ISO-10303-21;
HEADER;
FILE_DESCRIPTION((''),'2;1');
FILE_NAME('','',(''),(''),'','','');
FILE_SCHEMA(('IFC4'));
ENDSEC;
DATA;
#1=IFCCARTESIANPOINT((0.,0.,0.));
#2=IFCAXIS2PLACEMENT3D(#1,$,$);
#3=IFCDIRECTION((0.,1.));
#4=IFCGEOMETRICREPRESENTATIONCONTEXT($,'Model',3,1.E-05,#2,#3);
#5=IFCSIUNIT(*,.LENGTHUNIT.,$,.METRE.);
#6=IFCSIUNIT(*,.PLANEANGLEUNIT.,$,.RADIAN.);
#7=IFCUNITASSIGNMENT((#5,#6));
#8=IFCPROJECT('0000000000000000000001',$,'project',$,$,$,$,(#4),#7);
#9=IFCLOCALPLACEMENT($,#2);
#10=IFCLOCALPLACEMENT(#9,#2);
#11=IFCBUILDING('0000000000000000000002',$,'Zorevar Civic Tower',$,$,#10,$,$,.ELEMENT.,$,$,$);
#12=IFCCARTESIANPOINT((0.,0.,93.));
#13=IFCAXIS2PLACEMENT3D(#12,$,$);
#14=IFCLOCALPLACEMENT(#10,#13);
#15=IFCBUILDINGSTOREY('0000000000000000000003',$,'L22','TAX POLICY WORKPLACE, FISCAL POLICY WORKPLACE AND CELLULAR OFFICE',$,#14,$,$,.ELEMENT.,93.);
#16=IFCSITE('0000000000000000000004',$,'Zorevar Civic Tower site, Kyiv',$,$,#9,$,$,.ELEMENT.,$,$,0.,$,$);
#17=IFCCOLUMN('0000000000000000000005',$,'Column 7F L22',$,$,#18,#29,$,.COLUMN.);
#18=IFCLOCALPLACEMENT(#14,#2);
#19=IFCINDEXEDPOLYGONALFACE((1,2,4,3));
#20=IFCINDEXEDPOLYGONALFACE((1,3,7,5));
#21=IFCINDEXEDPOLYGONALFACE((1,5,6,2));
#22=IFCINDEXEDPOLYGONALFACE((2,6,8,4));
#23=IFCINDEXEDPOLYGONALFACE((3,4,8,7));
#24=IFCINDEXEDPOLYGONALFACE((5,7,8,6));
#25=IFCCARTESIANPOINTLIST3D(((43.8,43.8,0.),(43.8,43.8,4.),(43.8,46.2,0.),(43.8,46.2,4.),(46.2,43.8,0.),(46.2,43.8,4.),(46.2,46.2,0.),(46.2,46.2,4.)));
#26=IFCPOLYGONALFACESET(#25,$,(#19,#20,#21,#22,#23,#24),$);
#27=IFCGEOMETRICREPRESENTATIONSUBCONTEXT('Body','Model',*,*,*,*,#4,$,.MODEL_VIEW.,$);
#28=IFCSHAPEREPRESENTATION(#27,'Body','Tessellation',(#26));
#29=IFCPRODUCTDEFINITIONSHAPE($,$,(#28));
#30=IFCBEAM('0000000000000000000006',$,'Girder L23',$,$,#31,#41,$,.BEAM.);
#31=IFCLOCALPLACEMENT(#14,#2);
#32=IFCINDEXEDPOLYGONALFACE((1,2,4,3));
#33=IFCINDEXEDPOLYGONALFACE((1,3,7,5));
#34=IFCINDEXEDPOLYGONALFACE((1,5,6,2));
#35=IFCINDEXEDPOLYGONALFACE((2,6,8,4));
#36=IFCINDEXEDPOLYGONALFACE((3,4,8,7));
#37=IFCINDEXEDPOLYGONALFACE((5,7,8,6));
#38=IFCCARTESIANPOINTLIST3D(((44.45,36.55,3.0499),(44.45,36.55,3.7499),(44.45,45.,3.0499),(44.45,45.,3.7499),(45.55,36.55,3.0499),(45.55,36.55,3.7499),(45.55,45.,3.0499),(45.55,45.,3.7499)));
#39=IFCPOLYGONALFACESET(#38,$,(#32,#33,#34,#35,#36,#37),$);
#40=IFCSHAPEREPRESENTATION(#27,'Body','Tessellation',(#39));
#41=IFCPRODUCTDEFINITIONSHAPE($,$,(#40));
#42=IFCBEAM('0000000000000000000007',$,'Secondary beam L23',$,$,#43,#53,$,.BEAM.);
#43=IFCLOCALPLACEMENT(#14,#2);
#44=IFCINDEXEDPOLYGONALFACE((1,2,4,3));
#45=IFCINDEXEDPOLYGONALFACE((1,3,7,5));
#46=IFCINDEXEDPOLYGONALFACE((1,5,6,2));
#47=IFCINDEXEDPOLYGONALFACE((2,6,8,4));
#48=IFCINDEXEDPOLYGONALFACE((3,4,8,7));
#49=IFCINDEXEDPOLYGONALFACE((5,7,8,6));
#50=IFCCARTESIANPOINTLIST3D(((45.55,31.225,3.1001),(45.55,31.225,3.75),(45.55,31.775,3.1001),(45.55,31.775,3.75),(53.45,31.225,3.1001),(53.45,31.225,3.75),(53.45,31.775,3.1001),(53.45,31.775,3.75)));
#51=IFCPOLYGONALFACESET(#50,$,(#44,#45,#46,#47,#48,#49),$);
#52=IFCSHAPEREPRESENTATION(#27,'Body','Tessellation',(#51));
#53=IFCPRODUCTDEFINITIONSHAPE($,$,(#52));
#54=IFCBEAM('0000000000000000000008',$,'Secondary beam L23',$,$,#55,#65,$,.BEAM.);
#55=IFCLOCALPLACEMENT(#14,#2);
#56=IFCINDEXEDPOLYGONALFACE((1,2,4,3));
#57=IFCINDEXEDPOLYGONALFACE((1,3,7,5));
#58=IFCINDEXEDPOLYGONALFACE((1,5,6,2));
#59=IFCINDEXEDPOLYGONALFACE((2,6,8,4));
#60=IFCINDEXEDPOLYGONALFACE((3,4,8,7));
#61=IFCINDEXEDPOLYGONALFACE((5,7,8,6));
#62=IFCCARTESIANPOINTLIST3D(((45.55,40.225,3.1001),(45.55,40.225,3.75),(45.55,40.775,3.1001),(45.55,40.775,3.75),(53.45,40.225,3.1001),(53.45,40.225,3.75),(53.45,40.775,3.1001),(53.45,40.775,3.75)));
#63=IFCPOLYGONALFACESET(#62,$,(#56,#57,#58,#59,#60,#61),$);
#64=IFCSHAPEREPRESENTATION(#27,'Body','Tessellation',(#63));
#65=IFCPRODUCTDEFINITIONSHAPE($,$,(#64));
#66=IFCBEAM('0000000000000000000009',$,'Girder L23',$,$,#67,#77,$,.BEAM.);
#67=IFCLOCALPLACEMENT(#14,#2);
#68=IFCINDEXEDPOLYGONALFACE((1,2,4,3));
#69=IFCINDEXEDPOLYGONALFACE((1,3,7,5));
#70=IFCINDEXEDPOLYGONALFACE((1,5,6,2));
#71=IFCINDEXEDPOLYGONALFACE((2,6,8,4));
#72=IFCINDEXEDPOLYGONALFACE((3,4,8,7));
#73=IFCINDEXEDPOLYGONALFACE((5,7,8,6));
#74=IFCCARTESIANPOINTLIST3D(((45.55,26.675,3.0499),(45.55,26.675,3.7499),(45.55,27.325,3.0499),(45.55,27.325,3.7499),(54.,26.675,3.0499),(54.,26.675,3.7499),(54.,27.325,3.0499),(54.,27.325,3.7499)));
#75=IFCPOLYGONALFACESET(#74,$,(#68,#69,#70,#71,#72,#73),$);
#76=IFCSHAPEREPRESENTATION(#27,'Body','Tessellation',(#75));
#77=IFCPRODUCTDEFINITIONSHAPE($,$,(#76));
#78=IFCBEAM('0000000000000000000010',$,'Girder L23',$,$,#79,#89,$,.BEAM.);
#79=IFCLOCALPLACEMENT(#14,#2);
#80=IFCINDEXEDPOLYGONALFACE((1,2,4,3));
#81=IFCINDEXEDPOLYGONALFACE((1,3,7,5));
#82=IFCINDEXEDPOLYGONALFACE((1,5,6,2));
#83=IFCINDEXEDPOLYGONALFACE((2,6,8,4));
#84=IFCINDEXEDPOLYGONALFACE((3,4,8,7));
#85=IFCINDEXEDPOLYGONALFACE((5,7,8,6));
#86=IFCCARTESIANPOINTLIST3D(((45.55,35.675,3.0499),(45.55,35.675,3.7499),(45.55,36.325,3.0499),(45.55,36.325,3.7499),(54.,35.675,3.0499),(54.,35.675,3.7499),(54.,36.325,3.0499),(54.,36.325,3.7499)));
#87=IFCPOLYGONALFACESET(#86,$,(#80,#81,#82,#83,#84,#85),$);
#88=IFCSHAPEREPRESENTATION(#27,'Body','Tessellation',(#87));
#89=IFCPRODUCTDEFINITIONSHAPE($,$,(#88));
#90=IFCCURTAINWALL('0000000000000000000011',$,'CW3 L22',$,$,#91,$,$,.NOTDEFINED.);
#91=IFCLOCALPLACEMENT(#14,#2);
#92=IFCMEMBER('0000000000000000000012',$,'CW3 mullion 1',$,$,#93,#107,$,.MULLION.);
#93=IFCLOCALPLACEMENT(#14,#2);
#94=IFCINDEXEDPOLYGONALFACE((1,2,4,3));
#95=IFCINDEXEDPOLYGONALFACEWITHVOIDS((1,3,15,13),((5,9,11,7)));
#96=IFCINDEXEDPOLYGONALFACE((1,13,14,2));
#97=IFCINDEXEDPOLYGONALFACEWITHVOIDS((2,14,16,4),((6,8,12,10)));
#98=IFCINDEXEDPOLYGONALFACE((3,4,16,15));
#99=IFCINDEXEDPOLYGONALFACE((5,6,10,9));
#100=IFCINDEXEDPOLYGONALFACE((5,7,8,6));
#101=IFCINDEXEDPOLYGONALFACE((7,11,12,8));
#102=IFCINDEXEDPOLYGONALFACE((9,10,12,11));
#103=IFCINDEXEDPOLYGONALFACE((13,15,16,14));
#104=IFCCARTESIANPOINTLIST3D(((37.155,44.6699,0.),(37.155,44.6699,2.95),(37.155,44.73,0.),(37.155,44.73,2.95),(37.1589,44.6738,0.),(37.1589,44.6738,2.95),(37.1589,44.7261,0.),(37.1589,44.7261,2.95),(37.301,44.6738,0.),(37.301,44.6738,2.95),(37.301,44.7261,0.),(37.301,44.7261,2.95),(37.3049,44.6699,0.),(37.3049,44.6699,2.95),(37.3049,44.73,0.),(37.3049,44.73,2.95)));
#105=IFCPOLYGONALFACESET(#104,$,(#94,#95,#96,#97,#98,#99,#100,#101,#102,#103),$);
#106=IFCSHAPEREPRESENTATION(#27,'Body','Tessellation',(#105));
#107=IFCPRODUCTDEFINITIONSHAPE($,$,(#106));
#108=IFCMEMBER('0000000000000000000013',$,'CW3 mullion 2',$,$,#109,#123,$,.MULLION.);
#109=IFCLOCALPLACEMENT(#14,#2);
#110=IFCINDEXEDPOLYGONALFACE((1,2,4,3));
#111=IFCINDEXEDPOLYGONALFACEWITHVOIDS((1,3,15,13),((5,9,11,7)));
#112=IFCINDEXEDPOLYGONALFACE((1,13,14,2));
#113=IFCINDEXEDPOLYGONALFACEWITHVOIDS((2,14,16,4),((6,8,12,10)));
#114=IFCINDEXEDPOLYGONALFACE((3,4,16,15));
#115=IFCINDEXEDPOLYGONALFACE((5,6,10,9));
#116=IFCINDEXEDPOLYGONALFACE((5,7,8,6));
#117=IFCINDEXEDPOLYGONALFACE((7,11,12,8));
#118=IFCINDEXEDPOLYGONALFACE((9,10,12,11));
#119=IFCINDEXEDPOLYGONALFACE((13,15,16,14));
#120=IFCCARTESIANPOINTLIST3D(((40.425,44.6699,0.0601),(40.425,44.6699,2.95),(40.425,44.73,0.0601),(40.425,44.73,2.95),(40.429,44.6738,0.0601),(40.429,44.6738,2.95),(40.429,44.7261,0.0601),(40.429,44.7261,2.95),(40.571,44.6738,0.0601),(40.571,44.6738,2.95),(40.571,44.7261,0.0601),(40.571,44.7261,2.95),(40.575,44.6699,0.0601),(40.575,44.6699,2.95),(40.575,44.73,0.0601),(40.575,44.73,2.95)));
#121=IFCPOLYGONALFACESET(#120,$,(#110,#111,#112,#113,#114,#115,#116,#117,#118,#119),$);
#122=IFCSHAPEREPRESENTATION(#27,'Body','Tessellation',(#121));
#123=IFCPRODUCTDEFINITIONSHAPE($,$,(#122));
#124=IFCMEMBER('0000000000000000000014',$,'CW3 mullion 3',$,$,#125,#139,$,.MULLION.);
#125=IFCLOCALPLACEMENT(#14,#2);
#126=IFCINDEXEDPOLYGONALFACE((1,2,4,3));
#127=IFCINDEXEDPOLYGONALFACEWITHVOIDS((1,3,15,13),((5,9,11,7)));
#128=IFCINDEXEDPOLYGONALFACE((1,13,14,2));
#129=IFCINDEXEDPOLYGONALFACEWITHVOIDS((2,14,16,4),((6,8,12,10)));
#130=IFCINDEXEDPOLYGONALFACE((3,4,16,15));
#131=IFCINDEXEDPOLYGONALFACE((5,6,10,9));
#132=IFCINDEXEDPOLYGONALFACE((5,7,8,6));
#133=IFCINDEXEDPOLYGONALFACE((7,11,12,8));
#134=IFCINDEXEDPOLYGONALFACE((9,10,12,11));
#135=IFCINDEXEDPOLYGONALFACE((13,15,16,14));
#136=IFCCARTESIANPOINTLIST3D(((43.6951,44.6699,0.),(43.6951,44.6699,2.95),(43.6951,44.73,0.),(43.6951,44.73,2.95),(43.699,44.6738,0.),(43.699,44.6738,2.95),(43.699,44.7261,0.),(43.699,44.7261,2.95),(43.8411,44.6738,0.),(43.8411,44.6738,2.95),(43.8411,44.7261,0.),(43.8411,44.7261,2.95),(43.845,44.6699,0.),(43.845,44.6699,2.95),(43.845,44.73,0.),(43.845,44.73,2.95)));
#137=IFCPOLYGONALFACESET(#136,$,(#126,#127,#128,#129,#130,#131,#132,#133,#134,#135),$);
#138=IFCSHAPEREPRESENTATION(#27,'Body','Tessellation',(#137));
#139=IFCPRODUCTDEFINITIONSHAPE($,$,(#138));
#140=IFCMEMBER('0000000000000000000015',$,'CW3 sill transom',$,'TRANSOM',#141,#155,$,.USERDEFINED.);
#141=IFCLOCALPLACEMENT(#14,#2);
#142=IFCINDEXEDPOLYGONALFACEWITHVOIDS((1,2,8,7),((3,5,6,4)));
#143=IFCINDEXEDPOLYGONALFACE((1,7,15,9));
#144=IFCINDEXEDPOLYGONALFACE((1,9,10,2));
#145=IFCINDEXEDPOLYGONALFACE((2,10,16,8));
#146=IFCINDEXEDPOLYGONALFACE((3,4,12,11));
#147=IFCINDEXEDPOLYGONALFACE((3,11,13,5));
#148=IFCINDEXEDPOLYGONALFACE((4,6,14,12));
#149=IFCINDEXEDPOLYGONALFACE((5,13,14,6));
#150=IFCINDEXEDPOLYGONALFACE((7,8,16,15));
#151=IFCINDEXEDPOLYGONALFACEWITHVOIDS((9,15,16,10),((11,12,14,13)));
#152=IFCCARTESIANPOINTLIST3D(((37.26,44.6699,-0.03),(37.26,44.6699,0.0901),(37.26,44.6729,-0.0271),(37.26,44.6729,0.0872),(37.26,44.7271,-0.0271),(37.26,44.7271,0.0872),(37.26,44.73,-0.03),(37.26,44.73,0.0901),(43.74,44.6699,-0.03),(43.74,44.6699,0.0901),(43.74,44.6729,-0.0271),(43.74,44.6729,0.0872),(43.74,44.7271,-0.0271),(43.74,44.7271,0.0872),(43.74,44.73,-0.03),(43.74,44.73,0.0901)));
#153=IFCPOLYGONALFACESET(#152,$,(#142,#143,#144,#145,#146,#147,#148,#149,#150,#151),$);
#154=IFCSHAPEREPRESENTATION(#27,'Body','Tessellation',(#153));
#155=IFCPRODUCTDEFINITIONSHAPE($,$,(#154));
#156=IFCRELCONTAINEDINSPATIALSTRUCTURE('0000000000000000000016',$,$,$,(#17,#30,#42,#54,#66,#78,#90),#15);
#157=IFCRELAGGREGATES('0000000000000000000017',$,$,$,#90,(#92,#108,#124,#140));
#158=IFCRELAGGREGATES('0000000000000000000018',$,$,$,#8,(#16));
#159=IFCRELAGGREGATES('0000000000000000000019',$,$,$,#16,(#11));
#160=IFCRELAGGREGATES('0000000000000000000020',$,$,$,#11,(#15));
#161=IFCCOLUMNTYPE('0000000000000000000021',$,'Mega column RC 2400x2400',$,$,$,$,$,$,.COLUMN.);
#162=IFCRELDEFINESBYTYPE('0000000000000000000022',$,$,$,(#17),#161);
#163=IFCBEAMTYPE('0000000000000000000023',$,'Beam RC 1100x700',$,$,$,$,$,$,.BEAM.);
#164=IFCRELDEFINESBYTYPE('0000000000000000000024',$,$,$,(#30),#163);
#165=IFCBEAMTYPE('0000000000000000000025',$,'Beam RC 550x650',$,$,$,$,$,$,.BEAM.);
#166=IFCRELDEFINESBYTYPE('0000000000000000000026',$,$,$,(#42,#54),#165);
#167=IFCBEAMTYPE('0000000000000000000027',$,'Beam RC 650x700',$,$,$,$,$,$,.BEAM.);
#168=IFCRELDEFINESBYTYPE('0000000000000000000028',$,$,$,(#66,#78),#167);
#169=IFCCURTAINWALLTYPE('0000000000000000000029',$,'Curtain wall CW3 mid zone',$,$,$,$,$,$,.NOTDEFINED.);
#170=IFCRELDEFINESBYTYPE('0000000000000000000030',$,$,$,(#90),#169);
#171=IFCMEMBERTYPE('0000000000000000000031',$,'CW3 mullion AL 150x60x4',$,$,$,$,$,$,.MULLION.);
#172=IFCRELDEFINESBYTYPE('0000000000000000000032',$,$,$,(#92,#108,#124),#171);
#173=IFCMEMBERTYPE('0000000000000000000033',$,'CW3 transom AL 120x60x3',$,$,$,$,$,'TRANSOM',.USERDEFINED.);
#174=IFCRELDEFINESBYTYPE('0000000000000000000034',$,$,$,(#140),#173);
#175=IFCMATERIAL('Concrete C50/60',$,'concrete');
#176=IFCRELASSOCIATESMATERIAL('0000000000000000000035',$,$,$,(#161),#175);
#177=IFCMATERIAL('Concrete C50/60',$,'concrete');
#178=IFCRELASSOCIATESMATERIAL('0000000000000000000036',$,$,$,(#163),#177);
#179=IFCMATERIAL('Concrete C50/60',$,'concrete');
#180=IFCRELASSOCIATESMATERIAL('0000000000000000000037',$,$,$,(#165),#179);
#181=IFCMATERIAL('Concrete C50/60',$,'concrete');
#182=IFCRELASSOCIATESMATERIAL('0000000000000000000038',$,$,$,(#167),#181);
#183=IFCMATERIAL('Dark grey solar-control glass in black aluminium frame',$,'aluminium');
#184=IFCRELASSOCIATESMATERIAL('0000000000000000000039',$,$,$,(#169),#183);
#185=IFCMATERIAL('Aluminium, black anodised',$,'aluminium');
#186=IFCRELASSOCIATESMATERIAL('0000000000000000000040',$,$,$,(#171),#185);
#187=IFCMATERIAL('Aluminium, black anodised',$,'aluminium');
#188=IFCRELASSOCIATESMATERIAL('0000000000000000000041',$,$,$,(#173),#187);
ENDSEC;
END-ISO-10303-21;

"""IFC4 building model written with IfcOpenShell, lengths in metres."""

from ifc_helpers import new_model, si_unit, direction, frame, origin, origin_2d, place, context, subcontext, project, spatial, rectangle, hollow_rectangle, extrude, material, material_profile, profile_set, type_object, element, aggregate, save


model = new_model("IFC4")

# Units and contexts
model_context = context("Model", 3, precision=1e-05, world=origin(), true_north=direction((0.0, 1.0)))
body_context = subcontext(model_context, "Body", "Model", "MODEL_VIEW")
ifc_project = project(units=[si_unit("LENGTHUNIT", "METRE"), si_unit("PLANEANGLEUNIT", "RADIAN")], contexts=[model_context])

# Site, building, storey
site_placement = place(None, origin())
site = spatial("IfcSite", under=ifc_project, at=site_placement, Name="Zorevar Civic Tower site, Kyiv", CompositionType="ELEMENT", RefElevation=0.0)
building_placement = place(site_placement, origin())
building = spatial("IfcBuilding", under=site, at=building_placement, Name="Zorevar Civic Tower", CompositionType="ELEMENT")
storey_placement = place(building_placement, frame((0.0, 0.0, 93.0)))
storey = spatial("IfcBuildingStorey", under=building, at=storey_placement, Name="L22", Description="TAX POLICY WORKPLACE, FISCAL POLICY WORKPLACE AND CELLULAR OFFICE", CompositionType="ELEMENT", Elevation=93.0)

# Column
ifc_material_1 = material(Name="Concrete C50/60", Category="concrete")
ifc_material_profile_1 = material_profile(ifc_material_1, rectangle(XDim=2.3999, YDim=2.3999, at=origin_2d()), Name="RC 2400x2400")
ifc_profile_set_1 = profile_set([ifc_material_profile_1], Name="Concrete C50/60")
column_type = type_object("IfcColumnType", Name="Mega column RC 2400x2400", PredefinedType="COLUMN", material=ifc_profile_set_1)
column_placement = place(storey_placement, frame((45.0, 45.0, 0.0), z_axis=(0.0, 0.0, 1.0), x_axis=(1.0, 0.0, 0.0)))
element("IfcColumn", 1, at=column_placement, inside=storey, type_object=column_type, Name="Column 7F L22", PredefinedType="COLUMN", context=body_context, shape_type="SweptSolid", body=[
    extrude(rectangle(XDim=2.3999, YDim=2.3999, at=origin_2d()), origin(), (0.0, 0.0, 1.0), 4.0),
])

# Beams
ifc_material_2 = material(Name="Concrete C50/60", Category="concrete")
ifc_material_profile_2 = material_profile(ifc_material_2, rectangle(XDim=1.1001, YDim=0.7, at=origin_2d()), Name="RC 1100x700")
ifc_profile_set_2 = profile_set([ifc_material_profile_2], Name="Concrete C50/60")
beam_type_1 = type_object("IfcBeamType", Name="Beam RC 1100x700", PredefinedType="BEAM", material=ifc_profile_set_2)
beam_1_placement = place(storey_placement, frame((45.0, 36.55, 3.3999), z_axis=(0.0, 1.0, 0.0), x_axis=(-1.0, 0.0, 0.0)))
element("IfcBeam", 2, at=beam_1_placement, inside=storey, type_object=beam_type_1, Name="Girder L23", PredefinedType="BEAM", context=body_context, shape_type="SweptSolid", body=[
    extrude(rectangle(XDim=1.1001, YDim=0.7, at=origin_2d()), origin(), (0.0, 0.0, 1.0), 8.45),
])
ifc_material_3 = material(Name="Concrete C50/60", Category="concrete")
ifc_material_profile_3 = material_profile(ifc_material_3, rectangle(XDim=0.55, YDim=0.6499, at=origin_2d()), Name="RC 550x650")
ifc_profile_set_3 = profile_set([ifc_material_profile_3], Name="Concrete C50/60")
beam_type_2 = type_object("IfcBeamType", Name="Beam RC 550x650", PredefinedType="BEAM", material=ifc_profile_set_3)
for number, where, z_axis, x_axis, name in (
    (3, (45.55, 31.5, 3.425), (1.0, 0.0, 0.0), (0.0, 1.0, 0.0), "Secondary beam L23"),
    (4, (45.55, 40.5, 3.425), (1.0, 0.0, 0.0), (0.0, 1.0, 0.0), "Secondary beam L23"),
):
    element("IfcBeam", number, at=place(storey_placement, frame(where, z_axis=z_axis, x_axis=x_axis)), inside=storey, type_object=beam_type_2, Name=name, PredefinedType="BEAM", context=body_context, shape_type="SweptSolid", body=[
        extrude(rectangle(XDim=0.55, YDim=0.6499, at=origin_2d()), origin(), (0.0, 0.0, 1.0), 7.8999),
    ])
ifc_material_4 = material(Name="Concrete C50/60", Category="concrete")
ifc_material_profile_4 = material_profile(ifc_material_4, rectangle(XDim=0.6499, YDim=0.7, at=origin_2d()), Name="RC 650x700")
ifc_profile_set_4 = profile_set([ifc_material_profile_4], Name="Concrete C50/60")
beam_type_3 = type_object("IfcBeamType", Name="Beam RC 650x700", PredefinedType="BEAM", material=ifc_profile_set_4)
for number, where, z_axis, x_axis, name in (
    (5, (45.55, 27.0, 3.3999), (1.0, 0.0, 0.0), (0.0, 1.0, 0.0), "Girder L23"),
    (6, (45.55, 36.0, 3.3999), (1.0, 0.0, 0.0), (0.0, 1.0, 0.0), "Girder L23"),
):
    element("IfcBeam", number, at=place(storey_placement, frame(where, z_axis=z_axis, x_axis=x_axis)), inside=storey, type_object=beam_type_3, Name=name, PredefinedType="BEAM", context=body_context, shape_type="SweptSolid", body=[
        extrude(rectangle(XDim=0.6499, YDim=0.7, at=origin_2d()), origin(), (0.0, 0.0, 1.0), 8.45),
    ])

# Curtain wall, members
ifc_material_5 = material(Name="Dark grey solar-control glass in black aluminium frame", Category="aluminium")
curtain_wall_type = type_object("IfcCurtainWallType", Name="Curtain wall CW3 mid zone", PredefinedType="NOTDEFINED", material=ifc_material_5)
curtain_wall_placement = place(storey_placement, origin())
curtain_wall = element("IfcCurtainWall", 7, at=curtain_wall_placement, inside=storey, type_object=curtain_wall_type, Name="CW3 L22", PredefinedType="NOTDEFINED")
ifc_material_6 = material(Name="Aluminium, black anodised", Category="aluminium")
ifc_material_profile_5 = material_profile(ifc_material_6, hollow_rectangle(XDim=0.0601, YDim=0.1499, WallThickness=0.0039, at=origin_2d()), Name="AL 150x60x4")
ifc_profile_set_5 = profile_set([ifc_material_profile_5], Name="Aluminium, black anodised")
member_type_1 = type_object("IfcMemberType", Name="CW3 mullion AL 150x60x4", PredefinedType="MULLION", material=ifc_profile_set_5)
member_1_placement = place(storey_placement, frame((37.23, 44.7, 0.0), z_axis=(0.0, 0.0, 1.0), x_axis=(0.0, 1.0, 0.0)))
member_1 = element("IfcMember", 8, at=member_1_placement, type_object=member_type_1, Name="CW3 mullion 1", PredefinedType="MULLION", context=body_context, shape_type="SweptSolid", body=[
    extrude(hollow_rectangle(XDim=0.0601, YDim=0.1499, WallThickness=0.0039, at=origin_2d()), origin(), (0.0, 0.0, 1.0), 2.95),
])
member_2_placement = place(storey_placement, frame((40.5, 44.7, 0.0601), z_axis=(0.0, 0.0, 1.0), x_axis=(0.0, 1.0, 0.0)))
member_2 = element("IfcMember", 9, at=member_2_placement, type_object=member_type_1, Name="CW3 mullion 2", PredefinedType="MULLION", context=body_context, shape_type="SweptSolid", body=[
    extrude(hollow_rectangle(XDim=0.0601, YDim=0.1499, WallThickness=0.0039, at=origin_2d()), origin(), (0.0, 0.0, 1.0), 2.8899),
])
member_3_placement = place(storey_placement, frame((43.77, 44.7, 0.0), z_axis=(0.0, 0.0, 1.0), x_axis=(0.0, 1.0, 0.0)))
member_3 = element("IfcMember", 10, at=member_3_placement, type_object=member_type_1, Name="CW3 mullion 3", PredefinedType="MULLION", context=body_context, shape_type="SweptSolid", body=[
    extrude(hollow_rectangle(XDim=0.0601, YDim=0.1499, WallThickness=0.0039, at=origin_2d()), origin(), (0.0, 0.0, 1.0), 2.95),
])
ifc_material_7 = material(Name="Aluminium, black anodised", Category="aluminium")
ifc_material_profile_6 = material_profile(ifc_material_7, hollow_rectangle(XDim=0.0601, YDim=0.1201, WallThickness=0.0029, at=origin_2d()), Name="AL 120x60x3")
ifc_profile_set_6 = profile_set([ifc_material_profile_6], Name="Aluminium, black anodised")
member_type_2 = type_object("IfcMemberType", Name="CW3 transom AL 120x60x3", ElementType="TRANSOM", PredefinedType="USERDEFINED", material=ifc_profile_set_6)
member_4_placement = place(storey_placement, frame((37.26, 44.7, 0.03), z_axis=(1.0, 0.0, 0.0), x_axis=(0.0, 1.0, 0.0)))
member_4 = element("IfcMember", 11, at=member_4_placement, type_object=member_type_2, Name="CW3 sill transom", ObjectType="TRANSOM", PredefinedType="USERDEFINED", context=body_context, shape_type="SweptSolid", body=[
    extrude(hollow_rectangle(XDim=0.0601, YDim=0.1201, WallThickness=0.0029, at=origin_2d()), origin(), (0.0, 0.0, 1.0), 6.48),
])

aggregate(curtain_wall, [member_1, member_2, member_3, member_4])

save(model, "model.ifc")
